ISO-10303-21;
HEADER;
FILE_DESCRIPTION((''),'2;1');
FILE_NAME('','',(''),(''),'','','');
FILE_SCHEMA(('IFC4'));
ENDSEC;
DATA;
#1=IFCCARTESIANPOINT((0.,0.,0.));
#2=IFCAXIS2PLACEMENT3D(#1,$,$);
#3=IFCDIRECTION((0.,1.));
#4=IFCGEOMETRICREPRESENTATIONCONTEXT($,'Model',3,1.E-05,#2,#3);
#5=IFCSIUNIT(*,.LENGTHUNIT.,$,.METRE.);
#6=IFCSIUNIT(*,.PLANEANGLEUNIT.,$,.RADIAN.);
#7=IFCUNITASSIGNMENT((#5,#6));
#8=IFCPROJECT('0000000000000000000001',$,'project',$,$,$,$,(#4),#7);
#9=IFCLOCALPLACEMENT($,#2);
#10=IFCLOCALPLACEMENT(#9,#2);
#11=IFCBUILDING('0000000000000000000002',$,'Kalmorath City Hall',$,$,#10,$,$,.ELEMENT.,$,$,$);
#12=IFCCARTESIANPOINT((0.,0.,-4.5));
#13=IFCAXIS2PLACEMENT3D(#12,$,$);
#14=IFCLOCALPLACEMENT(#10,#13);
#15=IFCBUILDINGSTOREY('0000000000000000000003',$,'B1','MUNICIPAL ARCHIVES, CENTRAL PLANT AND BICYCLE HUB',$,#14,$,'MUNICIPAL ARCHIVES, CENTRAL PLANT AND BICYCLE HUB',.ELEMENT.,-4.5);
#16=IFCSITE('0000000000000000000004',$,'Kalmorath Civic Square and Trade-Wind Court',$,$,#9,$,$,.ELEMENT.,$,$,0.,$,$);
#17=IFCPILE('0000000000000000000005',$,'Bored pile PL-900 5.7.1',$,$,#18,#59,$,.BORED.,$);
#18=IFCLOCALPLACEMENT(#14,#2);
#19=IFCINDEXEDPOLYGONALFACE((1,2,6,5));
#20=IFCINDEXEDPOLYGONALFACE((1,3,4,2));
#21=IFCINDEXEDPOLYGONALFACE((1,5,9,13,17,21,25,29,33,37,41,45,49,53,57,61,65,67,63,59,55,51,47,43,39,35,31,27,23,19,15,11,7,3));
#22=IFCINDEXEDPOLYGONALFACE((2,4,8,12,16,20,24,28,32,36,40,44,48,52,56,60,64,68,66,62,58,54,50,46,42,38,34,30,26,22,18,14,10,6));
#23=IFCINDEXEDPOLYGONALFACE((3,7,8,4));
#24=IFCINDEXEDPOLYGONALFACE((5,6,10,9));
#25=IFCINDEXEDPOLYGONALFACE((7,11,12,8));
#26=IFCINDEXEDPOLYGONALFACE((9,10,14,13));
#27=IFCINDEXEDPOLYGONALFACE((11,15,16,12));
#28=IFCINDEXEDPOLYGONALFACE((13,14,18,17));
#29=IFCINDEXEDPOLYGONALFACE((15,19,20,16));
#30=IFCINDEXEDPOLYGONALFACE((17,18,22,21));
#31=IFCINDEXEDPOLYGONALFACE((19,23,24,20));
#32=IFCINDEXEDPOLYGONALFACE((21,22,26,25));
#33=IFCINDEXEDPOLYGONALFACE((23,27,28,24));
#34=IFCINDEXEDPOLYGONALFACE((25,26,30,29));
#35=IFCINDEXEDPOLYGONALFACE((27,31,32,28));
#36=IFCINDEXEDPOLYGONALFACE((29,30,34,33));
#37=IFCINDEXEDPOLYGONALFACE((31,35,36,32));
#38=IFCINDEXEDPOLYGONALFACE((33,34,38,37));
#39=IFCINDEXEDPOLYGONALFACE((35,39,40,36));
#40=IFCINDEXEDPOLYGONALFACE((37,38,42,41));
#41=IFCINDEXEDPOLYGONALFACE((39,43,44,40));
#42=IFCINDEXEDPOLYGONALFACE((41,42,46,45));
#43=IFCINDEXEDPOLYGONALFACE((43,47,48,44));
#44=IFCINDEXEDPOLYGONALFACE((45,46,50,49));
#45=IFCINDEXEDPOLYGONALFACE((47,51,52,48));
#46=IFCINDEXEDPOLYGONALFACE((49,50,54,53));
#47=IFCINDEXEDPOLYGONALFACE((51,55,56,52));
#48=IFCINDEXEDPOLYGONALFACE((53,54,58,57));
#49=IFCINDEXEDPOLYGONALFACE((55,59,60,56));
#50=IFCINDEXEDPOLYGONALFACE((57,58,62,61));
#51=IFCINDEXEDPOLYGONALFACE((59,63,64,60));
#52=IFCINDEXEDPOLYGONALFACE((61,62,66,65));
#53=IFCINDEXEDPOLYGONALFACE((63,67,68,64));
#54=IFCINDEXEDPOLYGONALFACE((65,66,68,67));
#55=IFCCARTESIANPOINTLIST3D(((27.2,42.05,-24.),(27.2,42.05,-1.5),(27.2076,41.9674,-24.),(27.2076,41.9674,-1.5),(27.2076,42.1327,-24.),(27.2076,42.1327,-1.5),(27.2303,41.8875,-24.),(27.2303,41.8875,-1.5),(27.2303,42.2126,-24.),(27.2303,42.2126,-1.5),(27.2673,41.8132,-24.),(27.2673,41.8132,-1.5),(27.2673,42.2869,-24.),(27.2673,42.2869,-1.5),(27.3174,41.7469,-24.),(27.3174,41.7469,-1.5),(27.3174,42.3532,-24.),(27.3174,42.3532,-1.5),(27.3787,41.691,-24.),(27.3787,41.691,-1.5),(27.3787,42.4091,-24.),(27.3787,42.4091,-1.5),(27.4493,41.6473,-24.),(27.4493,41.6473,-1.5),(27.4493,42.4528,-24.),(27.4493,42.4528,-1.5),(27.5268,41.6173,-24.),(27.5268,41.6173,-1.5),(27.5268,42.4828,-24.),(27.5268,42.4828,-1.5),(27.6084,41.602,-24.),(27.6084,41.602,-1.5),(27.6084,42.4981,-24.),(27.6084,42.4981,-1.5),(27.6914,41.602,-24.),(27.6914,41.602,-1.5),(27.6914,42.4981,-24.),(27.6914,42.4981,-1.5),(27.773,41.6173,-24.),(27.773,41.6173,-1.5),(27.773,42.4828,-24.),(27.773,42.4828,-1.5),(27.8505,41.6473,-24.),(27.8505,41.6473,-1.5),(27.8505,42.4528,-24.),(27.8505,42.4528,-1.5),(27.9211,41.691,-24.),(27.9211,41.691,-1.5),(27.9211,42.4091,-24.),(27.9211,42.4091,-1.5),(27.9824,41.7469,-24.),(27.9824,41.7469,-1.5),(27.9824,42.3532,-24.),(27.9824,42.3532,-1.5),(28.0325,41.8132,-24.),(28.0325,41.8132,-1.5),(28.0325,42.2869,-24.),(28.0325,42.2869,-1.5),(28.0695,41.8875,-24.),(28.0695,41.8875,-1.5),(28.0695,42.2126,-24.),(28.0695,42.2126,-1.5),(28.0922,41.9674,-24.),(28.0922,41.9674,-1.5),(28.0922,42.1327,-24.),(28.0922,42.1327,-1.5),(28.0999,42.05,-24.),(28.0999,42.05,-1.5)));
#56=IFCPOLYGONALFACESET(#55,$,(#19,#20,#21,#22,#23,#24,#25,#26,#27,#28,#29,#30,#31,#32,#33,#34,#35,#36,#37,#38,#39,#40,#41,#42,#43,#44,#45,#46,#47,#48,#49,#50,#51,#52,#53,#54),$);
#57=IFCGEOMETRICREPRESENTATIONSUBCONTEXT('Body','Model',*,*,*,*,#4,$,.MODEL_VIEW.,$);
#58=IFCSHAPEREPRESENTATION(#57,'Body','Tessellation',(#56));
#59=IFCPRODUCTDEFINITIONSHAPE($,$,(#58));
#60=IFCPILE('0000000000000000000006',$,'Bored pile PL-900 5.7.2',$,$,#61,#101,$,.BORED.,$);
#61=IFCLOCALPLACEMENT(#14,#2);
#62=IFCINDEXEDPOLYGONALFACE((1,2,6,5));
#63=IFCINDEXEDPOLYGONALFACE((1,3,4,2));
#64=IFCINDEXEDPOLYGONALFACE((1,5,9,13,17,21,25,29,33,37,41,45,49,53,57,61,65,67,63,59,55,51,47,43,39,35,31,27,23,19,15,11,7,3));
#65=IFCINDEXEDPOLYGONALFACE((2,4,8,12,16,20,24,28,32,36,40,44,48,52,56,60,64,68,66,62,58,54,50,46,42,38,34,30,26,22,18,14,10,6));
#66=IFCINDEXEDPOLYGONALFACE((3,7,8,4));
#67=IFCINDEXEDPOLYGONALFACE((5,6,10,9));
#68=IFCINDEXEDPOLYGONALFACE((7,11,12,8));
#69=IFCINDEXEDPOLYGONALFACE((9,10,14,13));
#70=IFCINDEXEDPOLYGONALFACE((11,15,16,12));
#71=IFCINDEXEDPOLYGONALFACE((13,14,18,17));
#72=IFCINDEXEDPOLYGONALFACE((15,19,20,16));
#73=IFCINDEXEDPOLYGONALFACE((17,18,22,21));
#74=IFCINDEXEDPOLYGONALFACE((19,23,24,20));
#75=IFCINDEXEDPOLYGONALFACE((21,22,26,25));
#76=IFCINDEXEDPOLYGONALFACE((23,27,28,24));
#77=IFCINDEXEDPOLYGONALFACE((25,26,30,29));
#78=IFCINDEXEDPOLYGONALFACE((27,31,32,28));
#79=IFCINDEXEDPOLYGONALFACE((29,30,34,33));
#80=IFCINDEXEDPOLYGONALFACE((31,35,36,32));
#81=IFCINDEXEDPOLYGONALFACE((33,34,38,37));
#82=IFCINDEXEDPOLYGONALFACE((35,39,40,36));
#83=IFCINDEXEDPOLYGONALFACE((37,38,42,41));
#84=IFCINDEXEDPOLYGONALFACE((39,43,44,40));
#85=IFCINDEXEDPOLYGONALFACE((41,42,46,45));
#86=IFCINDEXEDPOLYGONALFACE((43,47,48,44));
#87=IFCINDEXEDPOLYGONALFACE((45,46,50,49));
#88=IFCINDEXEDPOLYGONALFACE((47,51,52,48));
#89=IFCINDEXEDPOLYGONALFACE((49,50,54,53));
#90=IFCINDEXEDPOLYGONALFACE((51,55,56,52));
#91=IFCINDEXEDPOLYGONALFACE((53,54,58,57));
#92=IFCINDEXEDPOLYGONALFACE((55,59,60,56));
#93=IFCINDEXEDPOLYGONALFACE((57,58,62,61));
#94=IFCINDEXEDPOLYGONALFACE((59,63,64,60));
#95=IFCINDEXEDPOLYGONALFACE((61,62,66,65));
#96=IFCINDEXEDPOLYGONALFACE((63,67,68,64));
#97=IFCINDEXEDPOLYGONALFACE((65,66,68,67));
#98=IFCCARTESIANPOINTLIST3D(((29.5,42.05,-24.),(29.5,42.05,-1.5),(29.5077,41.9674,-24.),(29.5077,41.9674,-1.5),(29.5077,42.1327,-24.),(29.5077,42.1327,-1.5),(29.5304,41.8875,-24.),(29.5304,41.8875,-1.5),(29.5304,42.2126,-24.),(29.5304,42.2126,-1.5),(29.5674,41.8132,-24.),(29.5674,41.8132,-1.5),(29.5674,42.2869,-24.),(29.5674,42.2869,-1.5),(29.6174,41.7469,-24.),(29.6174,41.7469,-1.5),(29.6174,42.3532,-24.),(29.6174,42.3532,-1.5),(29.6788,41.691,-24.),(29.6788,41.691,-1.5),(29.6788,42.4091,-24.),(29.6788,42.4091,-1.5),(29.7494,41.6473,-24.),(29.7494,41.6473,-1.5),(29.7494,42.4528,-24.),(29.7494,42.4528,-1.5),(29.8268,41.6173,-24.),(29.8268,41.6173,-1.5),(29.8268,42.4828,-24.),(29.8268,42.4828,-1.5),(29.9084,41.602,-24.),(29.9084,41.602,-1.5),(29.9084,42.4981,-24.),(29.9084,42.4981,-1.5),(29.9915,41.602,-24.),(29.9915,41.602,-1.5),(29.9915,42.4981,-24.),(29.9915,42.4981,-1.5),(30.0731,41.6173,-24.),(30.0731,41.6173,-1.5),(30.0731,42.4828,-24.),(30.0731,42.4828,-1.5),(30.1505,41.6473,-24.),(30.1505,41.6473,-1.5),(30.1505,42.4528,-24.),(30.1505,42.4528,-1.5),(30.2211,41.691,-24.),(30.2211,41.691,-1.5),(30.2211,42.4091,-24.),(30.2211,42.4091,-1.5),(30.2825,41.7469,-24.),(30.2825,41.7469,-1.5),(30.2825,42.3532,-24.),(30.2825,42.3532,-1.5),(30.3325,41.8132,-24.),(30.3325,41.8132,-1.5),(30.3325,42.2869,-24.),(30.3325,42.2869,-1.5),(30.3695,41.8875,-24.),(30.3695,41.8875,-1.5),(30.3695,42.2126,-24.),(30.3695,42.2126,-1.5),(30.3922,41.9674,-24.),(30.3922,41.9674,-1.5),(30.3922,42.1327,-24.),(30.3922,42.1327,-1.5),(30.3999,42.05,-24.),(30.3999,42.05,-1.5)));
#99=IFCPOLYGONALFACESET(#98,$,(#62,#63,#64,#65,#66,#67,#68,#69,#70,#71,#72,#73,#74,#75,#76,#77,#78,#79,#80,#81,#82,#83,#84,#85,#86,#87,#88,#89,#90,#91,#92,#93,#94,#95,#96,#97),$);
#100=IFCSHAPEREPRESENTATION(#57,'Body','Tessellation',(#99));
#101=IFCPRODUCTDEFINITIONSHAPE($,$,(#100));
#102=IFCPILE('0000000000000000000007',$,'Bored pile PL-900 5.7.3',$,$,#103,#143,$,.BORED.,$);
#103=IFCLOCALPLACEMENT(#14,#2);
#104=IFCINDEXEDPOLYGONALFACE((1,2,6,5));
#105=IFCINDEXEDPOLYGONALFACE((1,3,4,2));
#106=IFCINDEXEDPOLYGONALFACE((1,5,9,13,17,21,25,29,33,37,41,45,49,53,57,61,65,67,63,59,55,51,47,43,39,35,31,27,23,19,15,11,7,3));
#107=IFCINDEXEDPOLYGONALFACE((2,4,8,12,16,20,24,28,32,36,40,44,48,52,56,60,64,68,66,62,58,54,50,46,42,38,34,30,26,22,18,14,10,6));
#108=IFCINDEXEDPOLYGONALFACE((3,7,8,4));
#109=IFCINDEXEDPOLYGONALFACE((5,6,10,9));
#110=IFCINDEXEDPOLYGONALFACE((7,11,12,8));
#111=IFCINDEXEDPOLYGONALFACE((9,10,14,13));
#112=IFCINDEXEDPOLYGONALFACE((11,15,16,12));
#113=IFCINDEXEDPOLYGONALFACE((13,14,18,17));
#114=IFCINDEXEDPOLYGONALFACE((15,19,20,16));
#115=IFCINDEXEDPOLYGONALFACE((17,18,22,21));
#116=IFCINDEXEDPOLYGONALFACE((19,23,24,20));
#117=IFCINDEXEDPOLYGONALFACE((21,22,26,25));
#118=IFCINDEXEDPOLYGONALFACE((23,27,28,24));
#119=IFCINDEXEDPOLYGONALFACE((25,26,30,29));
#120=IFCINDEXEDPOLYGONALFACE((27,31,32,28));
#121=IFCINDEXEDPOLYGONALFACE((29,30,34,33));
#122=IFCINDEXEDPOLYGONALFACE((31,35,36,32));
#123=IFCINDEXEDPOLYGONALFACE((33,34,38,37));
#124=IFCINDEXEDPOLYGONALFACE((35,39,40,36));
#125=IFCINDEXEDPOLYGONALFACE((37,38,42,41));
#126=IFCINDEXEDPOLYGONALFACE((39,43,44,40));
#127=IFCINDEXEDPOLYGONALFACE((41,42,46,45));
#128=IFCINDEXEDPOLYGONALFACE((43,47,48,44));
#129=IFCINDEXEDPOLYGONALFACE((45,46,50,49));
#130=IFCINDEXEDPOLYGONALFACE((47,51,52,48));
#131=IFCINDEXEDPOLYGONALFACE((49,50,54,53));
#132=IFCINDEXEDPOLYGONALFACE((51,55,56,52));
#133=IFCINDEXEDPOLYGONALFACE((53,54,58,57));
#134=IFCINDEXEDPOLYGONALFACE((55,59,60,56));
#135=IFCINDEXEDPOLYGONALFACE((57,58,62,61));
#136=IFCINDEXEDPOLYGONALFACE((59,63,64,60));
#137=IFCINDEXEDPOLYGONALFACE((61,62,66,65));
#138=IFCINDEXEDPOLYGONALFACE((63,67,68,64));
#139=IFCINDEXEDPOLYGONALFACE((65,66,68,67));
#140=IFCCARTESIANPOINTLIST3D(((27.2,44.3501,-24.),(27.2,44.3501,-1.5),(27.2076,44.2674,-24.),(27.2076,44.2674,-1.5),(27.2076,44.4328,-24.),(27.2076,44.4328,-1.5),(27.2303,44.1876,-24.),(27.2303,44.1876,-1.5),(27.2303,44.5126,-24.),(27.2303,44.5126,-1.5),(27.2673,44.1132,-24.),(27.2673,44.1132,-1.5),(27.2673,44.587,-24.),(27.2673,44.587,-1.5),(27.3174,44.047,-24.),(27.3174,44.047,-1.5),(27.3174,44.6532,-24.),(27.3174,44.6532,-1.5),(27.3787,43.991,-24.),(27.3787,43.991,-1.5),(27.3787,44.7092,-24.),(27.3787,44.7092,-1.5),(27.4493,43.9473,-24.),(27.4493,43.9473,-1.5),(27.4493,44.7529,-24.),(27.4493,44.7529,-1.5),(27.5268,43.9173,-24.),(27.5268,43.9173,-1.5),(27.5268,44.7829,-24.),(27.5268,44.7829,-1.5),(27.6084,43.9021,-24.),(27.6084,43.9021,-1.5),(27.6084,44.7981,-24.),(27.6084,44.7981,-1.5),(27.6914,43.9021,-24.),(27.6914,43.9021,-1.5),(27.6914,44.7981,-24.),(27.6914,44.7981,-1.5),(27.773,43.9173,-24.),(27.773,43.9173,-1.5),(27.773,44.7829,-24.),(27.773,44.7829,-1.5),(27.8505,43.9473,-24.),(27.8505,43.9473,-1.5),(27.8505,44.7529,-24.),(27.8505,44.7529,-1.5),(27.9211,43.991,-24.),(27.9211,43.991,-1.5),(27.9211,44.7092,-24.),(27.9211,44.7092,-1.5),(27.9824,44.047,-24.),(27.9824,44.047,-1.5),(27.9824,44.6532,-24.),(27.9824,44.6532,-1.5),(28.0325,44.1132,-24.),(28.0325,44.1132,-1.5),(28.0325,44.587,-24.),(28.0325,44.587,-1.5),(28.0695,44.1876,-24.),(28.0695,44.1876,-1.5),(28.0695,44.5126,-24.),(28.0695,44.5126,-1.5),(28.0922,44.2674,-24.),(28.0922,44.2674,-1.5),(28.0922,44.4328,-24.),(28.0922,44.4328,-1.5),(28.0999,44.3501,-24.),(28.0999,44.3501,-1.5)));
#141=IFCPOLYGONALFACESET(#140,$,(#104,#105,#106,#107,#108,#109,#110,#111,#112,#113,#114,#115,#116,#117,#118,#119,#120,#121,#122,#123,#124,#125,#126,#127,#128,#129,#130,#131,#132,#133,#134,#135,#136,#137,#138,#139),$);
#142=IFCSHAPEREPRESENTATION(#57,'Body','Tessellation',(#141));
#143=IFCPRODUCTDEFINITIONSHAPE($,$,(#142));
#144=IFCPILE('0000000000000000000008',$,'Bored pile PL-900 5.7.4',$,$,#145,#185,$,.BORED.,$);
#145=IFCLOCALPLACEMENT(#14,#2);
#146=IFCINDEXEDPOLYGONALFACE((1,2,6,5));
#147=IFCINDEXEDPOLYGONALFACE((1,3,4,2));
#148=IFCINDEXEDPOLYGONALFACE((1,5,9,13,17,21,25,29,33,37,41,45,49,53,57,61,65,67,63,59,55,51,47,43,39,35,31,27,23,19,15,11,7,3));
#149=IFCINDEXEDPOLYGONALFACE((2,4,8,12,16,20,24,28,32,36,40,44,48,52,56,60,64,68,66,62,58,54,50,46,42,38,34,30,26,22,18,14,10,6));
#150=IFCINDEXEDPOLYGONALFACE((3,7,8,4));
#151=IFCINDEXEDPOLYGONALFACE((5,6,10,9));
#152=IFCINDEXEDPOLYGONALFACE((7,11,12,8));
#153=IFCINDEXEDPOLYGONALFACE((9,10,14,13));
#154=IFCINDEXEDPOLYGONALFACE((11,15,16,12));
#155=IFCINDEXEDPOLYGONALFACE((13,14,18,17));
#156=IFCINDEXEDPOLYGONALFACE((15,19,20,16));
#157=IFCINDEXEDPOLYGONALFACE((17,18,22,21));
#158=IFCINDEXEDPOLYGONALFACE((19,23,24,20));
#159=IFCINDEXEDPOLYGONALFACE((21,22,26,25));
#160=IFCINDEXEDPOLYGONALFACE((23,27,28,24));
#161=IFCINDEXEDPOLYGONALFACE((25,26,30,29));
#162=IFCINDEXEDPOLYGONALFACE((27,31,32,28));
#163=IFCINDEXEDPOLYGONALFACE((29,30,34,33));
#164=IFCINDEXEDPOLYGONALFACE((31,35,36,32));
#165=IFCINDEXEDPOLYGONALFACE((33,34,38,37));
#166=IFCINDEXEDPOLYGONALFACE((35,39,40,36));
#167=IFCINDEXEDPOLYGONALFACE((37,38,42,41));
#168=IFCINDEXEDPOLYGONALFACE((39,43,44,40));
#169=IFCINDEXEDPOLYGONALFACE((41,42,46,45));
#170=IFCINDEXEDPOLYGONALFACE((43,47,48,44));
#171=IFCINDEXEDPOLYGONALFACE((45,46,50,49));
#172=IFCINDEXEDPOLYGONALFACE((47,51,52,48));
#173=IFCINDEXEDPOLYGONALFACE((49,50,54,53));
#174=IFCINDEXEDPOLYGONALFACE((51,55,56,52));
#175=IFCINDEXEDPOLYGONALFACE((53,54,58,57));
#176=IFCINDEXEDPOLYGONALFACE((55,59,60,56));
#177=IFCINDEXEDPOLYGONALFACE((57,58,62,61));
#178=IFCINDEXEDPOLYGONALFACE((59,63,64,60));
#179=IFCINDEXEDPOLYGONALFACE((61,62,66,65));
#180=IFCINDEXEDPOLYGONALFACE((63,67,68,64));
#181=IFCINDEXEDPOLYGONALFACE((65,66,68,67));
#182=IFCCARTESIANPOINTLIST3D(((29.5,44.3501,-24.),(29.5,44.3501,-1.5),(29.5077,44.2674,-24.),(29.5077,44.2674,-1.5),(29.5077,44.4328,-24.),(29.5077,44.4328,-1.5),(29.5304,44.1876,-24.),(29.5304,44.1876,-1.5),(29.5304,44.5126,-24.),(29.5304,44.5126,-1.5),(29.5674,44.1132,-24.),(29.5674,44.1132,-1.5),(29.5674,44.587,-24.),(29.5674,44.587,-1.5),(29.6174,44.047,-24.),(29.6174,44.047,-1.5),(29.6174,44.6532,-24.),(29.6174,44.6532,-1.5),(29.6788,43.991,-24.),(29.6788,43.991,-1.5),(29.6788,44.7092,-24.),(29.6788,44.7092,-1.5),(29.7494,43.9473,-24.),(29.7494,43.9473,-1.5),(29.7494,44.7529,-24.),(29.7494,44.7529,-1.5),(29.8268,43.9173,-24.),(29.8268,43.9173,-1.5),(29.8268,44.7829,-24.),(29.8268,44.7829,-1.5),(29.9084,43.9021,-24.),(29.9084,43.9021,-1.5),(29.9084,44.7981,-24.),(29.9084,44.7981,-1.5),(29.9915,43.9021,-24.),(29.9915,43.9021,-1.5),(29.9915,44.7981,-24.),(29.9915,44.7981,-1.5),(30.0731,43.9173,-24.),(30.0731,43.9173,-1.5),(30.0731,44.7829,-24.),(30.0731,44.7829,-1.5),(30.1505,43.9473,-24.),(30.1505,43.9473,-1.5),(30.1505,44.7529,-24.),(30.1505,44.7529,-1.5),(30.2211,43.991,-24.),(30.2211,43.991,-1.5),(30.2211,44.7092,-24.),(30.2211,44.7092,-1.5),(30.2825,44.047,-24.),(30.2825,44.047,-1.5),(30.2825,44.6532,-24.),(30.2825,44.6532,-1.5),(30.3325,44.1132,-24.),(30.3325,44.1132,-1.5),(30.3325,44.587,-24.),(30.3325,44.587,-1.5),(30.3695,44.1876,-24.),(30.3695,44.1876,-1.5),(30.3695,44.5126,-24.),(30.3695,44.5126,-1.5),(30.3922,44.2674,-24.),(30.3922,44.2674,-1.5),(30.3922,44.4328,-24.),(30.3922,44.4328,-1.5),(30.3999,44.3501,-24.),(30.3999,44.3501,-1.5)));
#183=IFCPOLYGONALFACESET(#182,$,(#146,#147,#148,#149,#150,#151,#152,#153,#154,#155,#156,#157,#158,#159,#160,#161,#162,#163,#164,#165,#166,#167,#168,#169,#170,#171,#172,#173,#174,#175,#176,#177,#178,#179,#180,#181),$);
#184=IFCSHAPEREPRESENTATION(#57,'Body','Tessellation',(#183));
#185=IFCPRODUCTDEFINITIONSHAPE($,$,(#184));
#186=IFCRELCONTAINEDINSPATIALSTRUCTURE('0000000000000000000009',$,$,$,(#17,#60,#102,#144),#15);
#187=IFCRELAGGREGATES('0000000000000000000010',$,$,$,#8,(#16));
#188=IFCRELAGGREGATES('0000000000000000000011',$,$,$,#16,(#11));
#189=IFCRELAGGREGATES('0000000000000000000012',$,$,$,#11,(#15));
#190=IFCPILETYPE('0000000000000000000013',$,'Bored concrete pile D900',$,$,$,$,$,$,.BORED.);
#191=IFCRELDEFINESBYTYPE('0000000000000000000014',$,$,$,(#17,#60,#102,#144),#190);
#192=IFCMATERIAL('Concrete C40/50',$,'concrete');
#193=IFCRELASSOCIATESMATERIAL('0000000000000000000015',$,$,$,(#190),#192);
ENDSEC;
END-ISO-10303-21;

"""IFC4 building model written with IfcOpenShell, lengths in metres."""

from ifc_helpers import new_model, si_unit, direction, frame, origin, origin_2d, place, context, subcontext, project, spatial, circle, extrude, material, material_profile, profile_set, type_object, element, save


model = new_model("IFC4")

# Units and contexts
model_context = context("Model", 3, precision=1e-05, world=origin(), true_north=direction((0.0, 1.0)))
body_context = subcontext(model_context, "Body", "Model", "MODEL_VIEW")
ifc_project = project(units=[si_unit("LENGTHUNIT", "METRE"), si_unit("PLANEANGLEUNIT", "RADIAN")], contexts=[model_context])

# Site, building, storey
site_placement = place(None, origin())
site = spatial("IfcSite", under=ifc_project, at=site_placement, Name="Kalmorath Civic Square and Trade-Wind Court", CompositionType="ELEMENT", RefElevation=0.0)
building_placement = place(site_placement, origin())
building = spatial("IfcBuilding", under=site, at=building_placement, Name="Kalmorath City Hall", CompositionType="ELEMENT")
storey_placement = place(building_placement, frame((0.0, 0.0, -4.5)))
storey = spatial("IfcBuildingStorey", under=building, at=storey_placement, Name="B1", Description="MUNICIPAL ARCHIVES, CENTRAL PLANT AND BICYCLE HUB", LongName="MUNICIPAL ARCHIVES, CENTRAL PLANT AND BICYCLE HUB", CompositionType="ELEMENT", Elevation=-4.5)

# Piles
ifc_material_1 = material(Name="Concrete C40/50", Category="concrete")
ifc_material_profile_1 = material_profile(ifc_material_1, circle(Radius=0.45, at=origin_2d()), Name="PILE-D900")
ifc_profile_set_1 = profile_set([ifc_material_profile_1], Name="Concrete C40/50")
pile_type = type_object("IfcPileType", Name="Bored concrete pile D900", PredefinedType="BORED", material=ifc_profile_set_1)
for number, where, z_axis, x_axis, name in (
    (1, (27.6499, 42.05, -1.5), (0.0, 0.0, -1.0), (1.0, 0.0, 0.0), "Bored pile PL-900 5.7.1"),
    (2, (29.95, 42.05, -1.5), (0.0, 0.0, -1.0), (1.0, 0.0, 0.0), "Bored pile PL-900 5.7.2"),
    (3, (27.6499, 44.3501, -1.5), (0.0, 0.0, -1.0), (1.0, 0.0, 0.0), "Bored pile PL-900 5.7.3"),
    (4, (29.95, 44.3501, -1.5), (0.0, 0.0, -1.0), (1.0, 0.0, 0.0), "Bored pile PL-900 5.7.4"),
):
    element("IfcPile", number, at=place(storey_placement, frame(where, z_axis=z_axis, x_axis=x_axis)), inside=storey, type_object=pile_type, Name=name, PredefinedType="BORED", context=body_context, shape_type="SweptSolid", body=[
        extrude(circle(Radius=0.45, at=origin_2d()), origin(), (0.0, 0.0, 1.0), 22.5),
    ])

save(model, "model.ifc")
